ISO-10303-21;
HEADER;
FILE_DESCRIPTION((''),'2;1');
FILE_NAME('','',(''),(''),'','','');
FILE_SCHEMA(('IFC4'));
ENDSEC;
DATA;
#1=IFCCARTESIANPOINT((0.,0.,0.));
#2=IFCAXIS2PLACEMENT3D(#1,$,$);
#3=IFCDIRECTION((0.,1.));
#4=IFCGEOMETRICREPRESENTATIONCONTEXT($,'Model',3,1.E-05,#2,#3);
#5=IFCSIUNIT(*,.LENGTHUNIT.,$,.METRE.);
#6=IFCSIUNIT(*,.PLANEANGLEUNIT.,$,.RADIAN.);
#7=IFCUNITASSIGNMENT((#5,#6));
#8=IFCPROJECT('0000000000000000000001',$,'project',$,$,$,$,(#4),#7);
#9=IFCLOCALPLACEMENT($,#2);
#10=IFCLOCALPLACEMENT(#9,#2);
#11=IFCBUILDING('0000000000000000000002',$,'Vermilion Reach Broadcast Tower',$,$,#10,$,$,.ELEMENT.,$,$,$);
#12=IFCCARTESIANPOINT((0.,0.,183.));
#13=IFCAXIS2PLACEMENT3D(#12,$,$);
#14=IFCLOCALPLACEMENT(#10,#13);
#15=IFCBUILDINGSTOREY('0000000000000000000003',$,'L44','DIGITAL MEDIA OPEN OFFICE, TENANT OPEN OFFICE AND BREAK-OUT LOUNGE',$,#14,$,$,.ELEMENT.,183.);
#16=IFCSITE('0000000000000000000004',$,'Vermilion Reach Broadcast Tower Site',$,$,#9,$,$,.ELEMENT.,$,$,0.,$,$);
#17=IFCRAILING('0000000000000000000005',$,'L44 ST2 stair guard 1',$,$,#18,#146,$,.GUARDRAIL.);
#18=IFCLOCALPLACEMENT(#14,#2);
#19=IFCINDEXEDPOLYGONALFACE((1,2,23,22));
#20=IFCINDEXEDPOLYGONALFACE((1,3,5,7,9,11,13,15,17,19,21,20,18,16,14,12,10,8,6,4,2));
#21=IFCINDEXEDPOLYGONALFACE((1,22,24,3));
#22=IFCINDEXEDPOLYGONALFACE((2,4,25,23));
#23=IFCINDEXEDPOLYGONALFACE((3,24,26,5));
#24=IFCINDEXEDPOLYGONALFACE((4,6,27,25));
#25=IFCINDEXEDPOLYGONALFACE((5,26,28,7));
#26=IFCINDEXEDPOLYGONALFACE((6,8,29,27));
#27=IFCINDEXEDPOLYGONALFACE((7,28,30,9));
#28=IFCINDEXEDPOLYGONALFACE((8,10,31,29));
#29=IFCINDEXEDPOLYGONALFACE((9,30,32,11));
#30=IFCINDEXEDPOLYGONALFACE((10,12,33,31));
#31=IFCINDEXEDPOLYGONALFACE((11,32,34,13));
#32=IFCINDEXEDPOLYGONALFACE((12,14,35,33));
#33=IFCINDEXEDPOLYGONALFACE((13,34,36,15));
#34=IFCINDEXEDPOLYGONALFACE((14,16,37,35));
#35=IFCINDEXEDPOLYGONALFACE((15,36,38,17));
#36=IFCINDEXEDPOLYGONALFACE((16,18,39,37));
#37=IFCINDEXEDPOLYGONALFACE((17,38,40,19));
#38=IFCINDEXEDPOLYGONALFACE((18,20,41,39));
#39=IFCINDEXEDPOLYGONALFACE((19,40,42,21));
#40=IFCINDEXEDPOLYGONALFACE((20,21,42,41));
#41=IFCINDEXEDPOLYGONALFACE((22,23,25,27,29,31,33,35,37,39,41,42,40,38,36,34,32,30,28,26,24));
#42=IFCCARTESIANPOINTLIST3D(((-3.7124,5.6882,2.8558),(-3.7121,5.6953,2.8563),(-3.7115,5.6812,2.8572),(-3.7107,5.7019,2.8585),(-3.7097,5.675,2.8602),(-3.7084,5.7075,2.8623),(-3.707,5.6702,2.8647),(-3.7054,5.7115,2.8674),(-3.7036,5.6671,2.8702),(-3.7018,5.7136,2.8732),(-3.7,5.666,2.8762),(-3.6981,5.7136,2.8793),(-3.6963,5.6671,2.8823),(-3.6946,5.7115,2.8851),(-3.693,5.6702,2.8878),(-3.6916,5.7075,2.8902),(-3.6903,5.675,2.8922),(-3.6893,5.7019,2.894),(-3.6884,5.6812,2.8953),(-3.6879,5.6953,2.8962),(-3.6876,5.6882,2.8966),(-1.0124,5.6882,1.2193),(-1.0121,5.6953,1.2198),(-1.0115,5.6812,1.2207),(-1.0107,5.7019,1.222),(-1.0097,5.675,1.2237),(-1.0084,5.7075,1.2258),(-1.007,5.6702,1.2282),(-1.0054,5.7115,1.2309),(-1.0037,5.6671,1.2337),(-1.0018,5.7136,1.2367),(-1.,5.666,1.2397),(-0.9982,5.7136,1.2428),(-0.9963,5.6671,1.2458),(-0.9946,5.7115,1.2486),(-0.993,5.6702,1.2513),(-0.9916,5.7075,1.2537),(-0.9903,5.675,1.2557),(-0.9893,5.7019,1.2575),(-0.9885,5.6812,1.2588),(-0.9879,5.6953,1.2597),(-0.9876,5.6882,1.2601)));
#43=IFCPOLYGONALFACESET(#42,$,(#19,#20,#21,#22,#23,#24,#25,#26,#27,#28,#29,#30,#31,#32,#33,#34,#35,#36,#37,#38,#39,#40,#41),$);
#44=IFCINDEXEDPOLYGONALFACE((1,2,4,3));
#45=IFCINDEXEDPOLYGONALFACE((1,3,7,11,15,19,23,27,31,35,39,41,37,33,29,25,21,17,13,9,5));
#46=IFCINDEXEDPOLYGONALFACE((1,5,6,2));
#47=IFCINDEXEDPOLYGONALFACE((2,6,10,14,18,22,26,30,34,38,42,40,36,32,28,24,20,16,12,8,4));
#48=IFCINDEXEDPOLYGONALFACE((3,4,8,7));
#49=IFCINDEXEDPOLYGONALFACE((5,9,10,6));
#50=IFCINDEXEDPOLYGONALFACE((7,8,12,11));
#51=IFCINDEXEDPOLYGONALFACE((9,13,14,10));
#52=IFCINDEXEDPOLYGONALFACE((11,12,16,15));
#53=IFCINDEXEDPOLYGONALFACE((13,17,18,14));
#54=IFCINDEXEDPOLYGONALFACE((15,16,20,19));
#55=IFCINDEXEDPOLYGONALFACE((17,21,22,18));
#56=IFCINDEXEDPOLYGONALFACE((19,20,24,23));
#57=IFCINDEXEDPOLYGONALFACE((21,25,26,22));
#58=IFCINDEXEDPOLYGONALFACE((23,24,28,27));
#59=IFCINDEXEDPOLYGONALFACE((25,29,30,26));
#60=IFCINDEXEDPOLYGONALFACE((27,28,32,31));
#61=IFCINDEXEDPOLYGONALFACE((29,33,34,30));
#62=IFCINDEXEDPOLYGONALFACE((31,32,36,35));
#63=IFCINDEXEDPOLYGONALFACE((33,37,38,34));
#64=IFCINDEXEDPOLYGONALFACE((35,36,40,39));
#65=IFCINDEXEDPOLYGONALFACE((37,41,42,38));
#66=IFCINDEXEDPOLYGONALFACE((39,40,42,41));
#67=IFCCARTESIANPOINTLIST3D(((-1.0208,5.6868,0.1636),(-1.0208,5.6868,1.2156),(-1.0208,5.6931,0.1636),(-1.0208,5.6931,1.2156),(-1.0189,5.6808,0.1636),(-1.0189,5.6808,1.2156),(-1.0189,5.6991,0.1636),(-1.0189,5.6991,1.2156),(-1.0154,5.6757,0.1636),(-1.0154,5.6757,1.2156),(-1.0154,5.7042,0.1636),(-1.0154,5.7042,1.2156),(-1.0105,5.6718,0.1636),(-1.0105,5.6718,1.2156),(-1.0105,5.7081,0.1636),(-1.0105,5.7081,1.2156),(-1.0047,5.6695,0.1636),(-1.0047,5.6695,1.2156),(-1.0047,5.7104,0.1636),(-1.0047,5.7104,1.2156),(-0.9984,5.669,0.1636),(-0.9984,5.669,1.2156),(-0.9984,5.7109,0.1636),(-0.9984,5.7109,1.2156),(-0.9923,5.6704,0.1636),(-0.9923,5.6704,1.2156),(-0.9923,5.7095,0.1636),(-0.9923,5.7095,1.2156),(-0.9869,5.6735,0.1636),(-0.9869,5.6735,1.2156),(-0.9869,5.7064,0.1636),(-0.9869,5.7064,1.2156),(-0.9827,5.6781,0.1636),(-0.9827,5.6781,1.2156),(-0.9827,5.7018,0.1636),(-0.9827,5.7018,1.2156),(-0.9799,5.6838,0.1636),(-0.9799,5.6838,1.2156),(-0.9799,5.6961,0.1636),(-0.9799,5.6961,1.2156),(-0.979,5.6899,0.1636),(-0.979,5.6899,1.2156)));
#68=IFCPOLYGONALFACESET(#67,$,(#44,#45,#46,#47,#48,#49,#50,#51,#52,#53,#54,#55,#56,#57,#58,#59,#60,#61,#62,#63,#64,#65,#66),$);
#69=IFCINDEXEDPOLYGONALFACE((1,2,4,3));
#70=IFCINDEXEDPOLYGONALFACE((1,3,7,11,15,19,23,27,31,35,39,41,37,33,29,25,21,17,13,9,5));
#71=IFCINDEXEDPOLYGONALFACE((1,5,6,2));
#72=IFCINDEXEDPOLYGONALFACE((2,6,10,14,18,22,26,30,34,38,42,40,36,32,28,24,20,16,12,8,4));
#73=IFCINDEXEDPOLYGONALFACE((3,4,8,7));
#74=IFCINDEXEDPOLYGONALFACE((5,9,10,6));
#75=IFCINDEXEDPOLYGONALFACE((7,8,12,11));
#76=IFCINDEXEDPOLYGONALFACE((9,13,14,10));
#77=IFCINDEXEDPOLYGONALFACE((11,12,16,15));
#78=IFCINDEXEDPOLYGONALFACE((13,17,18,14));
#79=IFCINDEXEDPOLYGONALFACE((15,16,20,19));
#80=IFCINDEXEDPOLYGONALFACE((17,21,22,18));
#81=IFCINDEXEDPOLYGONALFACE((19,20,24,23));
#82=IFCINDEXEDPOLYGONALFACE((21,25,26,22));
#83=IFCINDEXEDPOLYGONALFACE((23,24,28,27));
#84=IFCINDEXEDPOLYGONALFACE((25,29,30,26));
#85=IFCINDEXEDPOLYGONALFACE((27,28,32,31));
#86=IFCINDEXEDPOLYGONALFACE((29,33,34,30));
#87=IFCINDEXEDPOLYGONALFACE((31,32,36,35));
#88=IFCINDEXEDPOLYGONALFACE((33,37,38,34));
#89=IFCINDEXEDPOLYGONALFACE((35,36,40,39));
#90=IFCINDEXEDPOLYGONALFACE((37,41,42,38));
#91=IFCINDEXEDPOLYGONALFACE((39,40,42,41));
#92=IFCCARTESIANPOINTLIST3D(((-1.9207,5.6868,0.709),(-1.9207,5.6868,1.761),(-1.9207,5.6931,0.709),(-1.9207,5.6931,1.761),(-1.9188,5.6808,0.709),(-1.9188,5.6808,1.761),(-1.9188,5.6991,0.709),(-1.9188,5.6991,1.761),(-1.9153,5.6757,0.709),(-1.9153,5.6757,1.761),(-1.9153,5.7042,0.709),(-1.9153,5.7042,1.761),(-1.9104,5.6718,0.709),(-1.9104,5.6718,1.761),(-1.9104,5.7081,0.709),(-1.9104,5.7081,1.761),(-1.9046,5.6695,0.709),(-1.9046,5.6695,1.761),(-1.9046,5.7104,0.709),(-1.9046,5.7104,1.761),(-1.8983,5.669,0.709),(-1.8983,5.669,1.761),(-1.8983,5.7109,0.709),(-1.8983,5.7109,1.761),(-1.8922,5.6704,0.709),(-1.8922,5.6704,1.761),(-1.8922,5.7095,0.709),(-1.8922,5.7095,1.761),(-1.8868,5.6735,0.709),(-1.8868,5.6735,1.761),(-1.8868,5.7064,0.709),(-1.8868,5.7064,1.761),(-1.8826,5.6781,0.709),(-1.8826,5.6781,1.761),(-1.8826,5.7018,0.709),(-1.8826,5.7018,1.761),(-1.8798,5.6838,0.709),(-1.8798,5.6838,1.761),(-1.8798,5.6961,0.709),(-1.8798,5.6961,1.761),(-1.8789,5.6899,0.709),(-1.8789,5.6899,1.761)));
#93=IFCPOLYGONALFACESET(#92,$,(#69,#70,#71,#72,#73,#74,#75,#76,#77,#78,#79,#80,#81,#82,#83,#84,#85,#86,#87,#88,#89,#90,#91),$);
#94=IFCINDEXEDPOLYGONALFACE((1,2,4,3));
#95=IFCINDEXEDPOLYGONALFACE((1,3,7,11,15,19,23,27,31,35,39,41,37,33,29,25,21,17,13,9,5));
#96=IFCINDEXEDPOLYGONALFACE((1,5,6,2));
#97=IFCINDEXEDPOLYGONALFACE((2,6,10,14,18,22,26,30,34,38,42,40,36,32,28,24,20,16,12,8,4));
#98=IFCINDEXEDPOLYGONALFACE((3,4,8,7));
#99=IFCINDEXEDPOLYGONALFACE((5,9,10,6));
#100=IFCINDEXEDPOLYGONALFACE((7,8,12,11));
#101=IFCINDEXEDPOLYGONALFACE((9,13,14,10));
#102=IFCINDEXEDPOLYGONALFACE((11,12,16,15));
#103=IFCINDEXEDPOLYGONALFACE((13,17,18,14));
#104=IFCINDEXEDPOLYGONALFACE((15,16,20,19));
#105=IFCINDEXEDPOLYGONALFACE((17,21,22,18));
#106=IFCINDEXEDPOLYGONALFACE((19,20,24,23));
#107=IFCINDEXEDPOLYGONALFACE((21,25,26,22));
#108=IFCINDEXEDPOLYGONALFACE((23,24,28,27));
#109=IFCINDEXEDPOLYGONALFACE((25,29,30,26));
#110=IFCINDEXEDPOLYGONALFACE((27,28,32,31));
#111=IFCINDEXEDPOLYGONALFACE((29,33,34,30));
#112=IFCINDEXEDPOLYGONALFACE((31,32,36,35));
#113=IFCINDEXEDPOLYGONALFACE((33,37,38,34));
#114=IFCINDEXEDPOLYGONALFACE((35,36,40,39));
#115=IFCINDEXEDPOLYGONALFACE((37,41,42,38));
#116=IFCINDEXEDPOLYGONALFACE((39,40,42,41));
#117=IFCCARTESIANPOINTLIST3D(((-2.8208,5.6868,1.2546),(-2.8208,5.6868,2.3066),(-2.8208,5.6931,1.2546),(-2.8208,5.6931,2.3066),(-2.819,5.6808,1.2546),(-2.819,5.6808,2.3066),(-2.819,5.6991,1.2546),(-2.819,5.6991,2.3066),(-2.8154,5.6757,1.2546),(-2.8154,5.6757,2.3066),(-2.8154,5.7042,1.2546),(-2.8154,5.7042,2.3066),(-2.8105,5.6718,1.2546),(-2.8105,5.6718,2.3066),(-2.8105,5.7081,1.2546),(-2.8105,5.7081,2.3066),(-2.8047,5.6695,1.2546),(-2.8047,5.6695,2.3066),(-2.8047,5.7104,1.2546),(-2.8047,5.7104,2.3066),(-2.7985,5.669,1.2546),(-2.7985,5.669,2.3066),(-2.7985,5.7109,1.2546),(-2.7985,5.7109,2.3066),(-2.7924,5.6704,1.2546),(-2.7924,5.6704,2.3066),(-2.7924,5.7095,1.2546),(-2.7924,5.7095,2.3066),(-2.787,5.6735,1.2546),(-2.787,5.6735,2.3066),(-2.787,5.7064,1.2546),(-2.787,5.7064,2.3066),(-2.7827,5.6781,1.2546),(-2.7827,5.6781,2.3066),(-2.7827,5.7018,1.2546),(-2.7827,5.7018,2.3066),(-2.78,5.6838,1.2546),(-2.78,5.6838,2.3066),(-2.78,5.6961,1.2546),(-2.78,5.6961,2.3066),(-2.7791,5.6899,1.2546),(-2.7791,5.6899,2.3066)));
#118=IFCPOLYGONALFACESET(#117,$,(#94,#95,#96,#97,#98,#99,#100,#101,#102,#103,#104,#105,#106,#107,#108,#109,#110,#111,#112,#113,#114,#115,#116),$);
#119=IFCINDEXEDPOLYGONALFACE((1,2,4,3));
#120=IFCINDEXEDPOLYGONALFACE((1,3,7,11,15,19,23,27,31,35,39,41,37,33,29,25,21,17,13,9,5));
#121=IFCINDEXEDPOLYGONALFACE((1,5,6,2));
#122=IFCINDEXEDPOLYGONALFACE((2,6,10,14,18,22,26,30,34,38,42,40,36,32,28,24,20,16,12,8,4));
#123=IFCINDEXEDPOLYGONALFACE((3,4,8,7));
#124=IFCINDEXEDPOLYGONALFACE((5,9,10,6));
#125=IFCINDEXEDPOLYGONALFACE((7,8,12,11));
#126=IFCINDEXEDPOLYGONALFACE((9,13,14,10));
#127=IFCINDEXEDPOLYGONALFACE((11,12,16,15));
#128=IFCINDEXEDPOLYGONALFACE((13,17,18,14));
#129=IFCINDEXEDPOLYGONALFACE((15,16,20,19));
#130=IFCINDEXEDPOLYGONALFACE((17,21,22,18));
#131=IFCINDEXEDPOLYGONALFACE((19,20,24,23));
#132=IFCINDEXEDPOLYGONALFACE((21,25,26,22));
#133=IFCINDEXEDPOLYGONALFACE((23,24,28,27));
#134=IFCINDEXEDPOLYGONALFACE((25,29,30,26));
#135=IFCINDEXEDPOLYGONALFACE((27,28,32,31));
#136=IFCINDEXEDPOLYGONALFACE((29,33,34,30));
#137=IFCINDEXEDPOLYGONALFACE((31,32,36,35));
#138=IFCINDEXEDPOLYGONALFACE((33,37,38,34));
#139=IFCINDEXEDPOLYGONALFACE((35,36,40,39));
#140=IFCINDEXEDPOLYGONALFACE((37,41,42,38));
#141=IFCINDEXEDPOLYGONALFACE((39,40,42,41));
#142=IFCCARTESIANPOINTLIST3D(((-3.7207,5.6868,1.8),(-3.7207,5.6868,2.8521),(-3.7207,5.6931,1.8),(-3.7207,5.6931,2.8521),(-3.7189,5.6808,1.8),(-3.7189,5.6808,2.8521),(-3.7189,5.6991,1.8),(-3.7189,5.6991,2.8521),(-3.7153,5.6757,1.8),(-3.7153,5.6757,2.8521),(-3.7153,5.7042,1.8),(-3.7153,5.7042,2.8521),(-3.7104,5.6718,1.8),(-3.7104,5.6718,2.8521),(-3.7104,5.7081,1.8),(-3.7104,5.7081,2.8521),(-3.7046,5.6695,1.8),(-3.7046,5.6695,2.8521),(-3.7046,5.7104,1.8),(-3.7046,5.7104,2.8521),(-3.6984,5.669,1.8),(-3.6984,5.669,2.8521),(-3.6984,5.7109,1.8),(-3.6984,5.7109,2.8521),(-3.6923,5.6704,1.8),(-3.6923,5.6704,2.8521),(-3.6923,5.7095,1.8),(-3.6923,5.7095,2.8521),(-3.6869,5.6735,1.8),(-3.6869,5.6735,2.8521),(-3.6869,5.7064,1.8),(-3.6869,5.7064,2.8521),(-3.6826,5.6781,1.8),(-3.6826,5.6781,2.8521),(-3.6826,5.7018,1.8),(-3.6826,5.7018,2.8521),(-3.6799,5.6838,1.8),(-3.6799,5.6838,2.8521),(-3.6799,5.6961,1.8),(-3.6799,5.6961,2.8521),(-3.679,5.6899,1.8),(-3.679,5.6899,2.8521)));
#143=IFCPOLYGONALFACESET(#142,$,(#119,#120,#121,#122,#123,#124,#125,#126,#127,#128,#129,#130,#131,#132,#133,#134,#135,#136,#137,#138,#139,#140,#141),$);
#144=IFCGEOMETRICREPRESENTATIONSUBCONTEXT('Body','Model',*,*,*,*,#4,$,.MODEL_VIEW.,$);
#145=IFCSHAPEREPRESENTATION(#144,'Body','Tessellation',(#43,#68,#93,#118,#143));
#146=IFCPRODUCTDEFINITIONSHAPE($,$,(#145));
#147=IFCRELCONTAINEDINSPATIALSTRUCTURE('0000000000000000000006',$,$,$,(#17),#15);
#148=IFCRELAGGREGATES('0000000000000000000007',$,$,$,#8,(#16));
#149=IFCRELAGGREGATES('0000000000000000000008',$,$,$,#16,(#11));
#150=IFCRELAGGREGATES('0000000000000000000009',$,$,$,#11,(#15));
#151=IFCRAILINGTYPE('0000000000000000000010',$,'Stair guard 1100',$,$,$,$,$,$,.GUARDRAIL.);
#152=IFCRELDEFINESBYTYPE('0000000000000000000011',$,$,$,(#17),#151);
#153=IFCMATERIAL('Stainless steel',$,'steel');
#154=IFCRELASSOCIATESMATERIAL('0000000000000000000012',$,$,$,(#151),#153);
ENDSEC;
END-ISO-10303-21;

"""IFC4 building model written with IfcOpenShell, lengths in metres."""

from ifc_helpers import new_model, si_unit, direction, frame, origin, origin_2d, place, context, subcontext, project, spatial, circle, extrude, material, type_object, element, save


model = new_model("IFC4")

# Units and contexts
model_context = context("Model", 3, precision=1e-05, world=origin(), true_north=direction((0.0, 1.0)))
body_context = subcontext(model_context, "Body", "Model", "MODEL_VIEW")
ifc_project = project(units=[si_unit("LENGTHUNIT", "METRE"), si_unit("PLANEANGLEUNIT", "RADIAN")], contexts=[model_context])

# Site, building, storey
site_placement = place(None, origin())
site = spatial("IfcSite", under=ifc_project, at=site_placement, Name="Vermilion Reach Broadcast Tower Site", CompositionType="ELEMENT", RefElevation=0.0)
building_placement = place(site_placement, origin())
building = spatial("IfcBuilding", under=site, at=building_placement, Name="Vermilion Reach Broadcast Tower", CompositionType="ELEMENT")
storey_placement = place(building_placement, frame((0.0, 0.0, 183.0)))
storey = spatial("IfcBuildingStorey", under=building, at=storey_placement, Name="L44", Description="DIGITAL MEDIA OPEN OFFICE, TENANT OPEN OFFICE AND BREAK-OUT LOUNGE", CompositionType="ELEMENT", Elevation=183.0)

# Railing
ifc_material_1 = material(Name="Stainless steel", Category="steel")
railing_type_1 = type_object("IfcRailingType", Name="Stair guard 1100", PredefinedType="GUARDRAIL", material=ifc_material_1)
railing_1_placement = place(storey_placement, frame((-1.0, 5.6899, 0.1636)))
element("IfcRailing", 1, at=railing_1_placement, inside=storey, type_object=railing_type_1, Name="L44 ST2 stair guard 1", PredefinedType="GUARDRAIL", context=body_context, shape_type="SweptSolid", body=[
    extrude(circle(Radius=0.0239, at=origin_2d()), frame((0.0, 0.0, 1.0762), z_axis=(-0.855178, 0.0, 0.518334), x_axis=(0.0, -1.0, 0.0)), (0.0, 0.0, 1.0), 3.1572),
    extrude(circle(Radius=0.021, at=origin_2d()), origin(), (0.0, 0.0, 1.0), 1.052),
    extrude(circle(Radius=0.021, at=origin_2d()), frame((-0.8999, 0.0, 0.5454)), (0.0, 0.0, 1.0), 1.052),
    extrude(circle(Radius=0.021, at=origin_2d()), frame((-1.8, 0.0, 1.0911)), (0.0, 0.0, 1.0), 1.052),
    extrude(circle(Radius=0.021, at=origin_2d()), frame((-2.7, 0.0, 1.6365)), (0.0, 0.0, 1.0), 1.052),
])

save(model, "model.ifc")
